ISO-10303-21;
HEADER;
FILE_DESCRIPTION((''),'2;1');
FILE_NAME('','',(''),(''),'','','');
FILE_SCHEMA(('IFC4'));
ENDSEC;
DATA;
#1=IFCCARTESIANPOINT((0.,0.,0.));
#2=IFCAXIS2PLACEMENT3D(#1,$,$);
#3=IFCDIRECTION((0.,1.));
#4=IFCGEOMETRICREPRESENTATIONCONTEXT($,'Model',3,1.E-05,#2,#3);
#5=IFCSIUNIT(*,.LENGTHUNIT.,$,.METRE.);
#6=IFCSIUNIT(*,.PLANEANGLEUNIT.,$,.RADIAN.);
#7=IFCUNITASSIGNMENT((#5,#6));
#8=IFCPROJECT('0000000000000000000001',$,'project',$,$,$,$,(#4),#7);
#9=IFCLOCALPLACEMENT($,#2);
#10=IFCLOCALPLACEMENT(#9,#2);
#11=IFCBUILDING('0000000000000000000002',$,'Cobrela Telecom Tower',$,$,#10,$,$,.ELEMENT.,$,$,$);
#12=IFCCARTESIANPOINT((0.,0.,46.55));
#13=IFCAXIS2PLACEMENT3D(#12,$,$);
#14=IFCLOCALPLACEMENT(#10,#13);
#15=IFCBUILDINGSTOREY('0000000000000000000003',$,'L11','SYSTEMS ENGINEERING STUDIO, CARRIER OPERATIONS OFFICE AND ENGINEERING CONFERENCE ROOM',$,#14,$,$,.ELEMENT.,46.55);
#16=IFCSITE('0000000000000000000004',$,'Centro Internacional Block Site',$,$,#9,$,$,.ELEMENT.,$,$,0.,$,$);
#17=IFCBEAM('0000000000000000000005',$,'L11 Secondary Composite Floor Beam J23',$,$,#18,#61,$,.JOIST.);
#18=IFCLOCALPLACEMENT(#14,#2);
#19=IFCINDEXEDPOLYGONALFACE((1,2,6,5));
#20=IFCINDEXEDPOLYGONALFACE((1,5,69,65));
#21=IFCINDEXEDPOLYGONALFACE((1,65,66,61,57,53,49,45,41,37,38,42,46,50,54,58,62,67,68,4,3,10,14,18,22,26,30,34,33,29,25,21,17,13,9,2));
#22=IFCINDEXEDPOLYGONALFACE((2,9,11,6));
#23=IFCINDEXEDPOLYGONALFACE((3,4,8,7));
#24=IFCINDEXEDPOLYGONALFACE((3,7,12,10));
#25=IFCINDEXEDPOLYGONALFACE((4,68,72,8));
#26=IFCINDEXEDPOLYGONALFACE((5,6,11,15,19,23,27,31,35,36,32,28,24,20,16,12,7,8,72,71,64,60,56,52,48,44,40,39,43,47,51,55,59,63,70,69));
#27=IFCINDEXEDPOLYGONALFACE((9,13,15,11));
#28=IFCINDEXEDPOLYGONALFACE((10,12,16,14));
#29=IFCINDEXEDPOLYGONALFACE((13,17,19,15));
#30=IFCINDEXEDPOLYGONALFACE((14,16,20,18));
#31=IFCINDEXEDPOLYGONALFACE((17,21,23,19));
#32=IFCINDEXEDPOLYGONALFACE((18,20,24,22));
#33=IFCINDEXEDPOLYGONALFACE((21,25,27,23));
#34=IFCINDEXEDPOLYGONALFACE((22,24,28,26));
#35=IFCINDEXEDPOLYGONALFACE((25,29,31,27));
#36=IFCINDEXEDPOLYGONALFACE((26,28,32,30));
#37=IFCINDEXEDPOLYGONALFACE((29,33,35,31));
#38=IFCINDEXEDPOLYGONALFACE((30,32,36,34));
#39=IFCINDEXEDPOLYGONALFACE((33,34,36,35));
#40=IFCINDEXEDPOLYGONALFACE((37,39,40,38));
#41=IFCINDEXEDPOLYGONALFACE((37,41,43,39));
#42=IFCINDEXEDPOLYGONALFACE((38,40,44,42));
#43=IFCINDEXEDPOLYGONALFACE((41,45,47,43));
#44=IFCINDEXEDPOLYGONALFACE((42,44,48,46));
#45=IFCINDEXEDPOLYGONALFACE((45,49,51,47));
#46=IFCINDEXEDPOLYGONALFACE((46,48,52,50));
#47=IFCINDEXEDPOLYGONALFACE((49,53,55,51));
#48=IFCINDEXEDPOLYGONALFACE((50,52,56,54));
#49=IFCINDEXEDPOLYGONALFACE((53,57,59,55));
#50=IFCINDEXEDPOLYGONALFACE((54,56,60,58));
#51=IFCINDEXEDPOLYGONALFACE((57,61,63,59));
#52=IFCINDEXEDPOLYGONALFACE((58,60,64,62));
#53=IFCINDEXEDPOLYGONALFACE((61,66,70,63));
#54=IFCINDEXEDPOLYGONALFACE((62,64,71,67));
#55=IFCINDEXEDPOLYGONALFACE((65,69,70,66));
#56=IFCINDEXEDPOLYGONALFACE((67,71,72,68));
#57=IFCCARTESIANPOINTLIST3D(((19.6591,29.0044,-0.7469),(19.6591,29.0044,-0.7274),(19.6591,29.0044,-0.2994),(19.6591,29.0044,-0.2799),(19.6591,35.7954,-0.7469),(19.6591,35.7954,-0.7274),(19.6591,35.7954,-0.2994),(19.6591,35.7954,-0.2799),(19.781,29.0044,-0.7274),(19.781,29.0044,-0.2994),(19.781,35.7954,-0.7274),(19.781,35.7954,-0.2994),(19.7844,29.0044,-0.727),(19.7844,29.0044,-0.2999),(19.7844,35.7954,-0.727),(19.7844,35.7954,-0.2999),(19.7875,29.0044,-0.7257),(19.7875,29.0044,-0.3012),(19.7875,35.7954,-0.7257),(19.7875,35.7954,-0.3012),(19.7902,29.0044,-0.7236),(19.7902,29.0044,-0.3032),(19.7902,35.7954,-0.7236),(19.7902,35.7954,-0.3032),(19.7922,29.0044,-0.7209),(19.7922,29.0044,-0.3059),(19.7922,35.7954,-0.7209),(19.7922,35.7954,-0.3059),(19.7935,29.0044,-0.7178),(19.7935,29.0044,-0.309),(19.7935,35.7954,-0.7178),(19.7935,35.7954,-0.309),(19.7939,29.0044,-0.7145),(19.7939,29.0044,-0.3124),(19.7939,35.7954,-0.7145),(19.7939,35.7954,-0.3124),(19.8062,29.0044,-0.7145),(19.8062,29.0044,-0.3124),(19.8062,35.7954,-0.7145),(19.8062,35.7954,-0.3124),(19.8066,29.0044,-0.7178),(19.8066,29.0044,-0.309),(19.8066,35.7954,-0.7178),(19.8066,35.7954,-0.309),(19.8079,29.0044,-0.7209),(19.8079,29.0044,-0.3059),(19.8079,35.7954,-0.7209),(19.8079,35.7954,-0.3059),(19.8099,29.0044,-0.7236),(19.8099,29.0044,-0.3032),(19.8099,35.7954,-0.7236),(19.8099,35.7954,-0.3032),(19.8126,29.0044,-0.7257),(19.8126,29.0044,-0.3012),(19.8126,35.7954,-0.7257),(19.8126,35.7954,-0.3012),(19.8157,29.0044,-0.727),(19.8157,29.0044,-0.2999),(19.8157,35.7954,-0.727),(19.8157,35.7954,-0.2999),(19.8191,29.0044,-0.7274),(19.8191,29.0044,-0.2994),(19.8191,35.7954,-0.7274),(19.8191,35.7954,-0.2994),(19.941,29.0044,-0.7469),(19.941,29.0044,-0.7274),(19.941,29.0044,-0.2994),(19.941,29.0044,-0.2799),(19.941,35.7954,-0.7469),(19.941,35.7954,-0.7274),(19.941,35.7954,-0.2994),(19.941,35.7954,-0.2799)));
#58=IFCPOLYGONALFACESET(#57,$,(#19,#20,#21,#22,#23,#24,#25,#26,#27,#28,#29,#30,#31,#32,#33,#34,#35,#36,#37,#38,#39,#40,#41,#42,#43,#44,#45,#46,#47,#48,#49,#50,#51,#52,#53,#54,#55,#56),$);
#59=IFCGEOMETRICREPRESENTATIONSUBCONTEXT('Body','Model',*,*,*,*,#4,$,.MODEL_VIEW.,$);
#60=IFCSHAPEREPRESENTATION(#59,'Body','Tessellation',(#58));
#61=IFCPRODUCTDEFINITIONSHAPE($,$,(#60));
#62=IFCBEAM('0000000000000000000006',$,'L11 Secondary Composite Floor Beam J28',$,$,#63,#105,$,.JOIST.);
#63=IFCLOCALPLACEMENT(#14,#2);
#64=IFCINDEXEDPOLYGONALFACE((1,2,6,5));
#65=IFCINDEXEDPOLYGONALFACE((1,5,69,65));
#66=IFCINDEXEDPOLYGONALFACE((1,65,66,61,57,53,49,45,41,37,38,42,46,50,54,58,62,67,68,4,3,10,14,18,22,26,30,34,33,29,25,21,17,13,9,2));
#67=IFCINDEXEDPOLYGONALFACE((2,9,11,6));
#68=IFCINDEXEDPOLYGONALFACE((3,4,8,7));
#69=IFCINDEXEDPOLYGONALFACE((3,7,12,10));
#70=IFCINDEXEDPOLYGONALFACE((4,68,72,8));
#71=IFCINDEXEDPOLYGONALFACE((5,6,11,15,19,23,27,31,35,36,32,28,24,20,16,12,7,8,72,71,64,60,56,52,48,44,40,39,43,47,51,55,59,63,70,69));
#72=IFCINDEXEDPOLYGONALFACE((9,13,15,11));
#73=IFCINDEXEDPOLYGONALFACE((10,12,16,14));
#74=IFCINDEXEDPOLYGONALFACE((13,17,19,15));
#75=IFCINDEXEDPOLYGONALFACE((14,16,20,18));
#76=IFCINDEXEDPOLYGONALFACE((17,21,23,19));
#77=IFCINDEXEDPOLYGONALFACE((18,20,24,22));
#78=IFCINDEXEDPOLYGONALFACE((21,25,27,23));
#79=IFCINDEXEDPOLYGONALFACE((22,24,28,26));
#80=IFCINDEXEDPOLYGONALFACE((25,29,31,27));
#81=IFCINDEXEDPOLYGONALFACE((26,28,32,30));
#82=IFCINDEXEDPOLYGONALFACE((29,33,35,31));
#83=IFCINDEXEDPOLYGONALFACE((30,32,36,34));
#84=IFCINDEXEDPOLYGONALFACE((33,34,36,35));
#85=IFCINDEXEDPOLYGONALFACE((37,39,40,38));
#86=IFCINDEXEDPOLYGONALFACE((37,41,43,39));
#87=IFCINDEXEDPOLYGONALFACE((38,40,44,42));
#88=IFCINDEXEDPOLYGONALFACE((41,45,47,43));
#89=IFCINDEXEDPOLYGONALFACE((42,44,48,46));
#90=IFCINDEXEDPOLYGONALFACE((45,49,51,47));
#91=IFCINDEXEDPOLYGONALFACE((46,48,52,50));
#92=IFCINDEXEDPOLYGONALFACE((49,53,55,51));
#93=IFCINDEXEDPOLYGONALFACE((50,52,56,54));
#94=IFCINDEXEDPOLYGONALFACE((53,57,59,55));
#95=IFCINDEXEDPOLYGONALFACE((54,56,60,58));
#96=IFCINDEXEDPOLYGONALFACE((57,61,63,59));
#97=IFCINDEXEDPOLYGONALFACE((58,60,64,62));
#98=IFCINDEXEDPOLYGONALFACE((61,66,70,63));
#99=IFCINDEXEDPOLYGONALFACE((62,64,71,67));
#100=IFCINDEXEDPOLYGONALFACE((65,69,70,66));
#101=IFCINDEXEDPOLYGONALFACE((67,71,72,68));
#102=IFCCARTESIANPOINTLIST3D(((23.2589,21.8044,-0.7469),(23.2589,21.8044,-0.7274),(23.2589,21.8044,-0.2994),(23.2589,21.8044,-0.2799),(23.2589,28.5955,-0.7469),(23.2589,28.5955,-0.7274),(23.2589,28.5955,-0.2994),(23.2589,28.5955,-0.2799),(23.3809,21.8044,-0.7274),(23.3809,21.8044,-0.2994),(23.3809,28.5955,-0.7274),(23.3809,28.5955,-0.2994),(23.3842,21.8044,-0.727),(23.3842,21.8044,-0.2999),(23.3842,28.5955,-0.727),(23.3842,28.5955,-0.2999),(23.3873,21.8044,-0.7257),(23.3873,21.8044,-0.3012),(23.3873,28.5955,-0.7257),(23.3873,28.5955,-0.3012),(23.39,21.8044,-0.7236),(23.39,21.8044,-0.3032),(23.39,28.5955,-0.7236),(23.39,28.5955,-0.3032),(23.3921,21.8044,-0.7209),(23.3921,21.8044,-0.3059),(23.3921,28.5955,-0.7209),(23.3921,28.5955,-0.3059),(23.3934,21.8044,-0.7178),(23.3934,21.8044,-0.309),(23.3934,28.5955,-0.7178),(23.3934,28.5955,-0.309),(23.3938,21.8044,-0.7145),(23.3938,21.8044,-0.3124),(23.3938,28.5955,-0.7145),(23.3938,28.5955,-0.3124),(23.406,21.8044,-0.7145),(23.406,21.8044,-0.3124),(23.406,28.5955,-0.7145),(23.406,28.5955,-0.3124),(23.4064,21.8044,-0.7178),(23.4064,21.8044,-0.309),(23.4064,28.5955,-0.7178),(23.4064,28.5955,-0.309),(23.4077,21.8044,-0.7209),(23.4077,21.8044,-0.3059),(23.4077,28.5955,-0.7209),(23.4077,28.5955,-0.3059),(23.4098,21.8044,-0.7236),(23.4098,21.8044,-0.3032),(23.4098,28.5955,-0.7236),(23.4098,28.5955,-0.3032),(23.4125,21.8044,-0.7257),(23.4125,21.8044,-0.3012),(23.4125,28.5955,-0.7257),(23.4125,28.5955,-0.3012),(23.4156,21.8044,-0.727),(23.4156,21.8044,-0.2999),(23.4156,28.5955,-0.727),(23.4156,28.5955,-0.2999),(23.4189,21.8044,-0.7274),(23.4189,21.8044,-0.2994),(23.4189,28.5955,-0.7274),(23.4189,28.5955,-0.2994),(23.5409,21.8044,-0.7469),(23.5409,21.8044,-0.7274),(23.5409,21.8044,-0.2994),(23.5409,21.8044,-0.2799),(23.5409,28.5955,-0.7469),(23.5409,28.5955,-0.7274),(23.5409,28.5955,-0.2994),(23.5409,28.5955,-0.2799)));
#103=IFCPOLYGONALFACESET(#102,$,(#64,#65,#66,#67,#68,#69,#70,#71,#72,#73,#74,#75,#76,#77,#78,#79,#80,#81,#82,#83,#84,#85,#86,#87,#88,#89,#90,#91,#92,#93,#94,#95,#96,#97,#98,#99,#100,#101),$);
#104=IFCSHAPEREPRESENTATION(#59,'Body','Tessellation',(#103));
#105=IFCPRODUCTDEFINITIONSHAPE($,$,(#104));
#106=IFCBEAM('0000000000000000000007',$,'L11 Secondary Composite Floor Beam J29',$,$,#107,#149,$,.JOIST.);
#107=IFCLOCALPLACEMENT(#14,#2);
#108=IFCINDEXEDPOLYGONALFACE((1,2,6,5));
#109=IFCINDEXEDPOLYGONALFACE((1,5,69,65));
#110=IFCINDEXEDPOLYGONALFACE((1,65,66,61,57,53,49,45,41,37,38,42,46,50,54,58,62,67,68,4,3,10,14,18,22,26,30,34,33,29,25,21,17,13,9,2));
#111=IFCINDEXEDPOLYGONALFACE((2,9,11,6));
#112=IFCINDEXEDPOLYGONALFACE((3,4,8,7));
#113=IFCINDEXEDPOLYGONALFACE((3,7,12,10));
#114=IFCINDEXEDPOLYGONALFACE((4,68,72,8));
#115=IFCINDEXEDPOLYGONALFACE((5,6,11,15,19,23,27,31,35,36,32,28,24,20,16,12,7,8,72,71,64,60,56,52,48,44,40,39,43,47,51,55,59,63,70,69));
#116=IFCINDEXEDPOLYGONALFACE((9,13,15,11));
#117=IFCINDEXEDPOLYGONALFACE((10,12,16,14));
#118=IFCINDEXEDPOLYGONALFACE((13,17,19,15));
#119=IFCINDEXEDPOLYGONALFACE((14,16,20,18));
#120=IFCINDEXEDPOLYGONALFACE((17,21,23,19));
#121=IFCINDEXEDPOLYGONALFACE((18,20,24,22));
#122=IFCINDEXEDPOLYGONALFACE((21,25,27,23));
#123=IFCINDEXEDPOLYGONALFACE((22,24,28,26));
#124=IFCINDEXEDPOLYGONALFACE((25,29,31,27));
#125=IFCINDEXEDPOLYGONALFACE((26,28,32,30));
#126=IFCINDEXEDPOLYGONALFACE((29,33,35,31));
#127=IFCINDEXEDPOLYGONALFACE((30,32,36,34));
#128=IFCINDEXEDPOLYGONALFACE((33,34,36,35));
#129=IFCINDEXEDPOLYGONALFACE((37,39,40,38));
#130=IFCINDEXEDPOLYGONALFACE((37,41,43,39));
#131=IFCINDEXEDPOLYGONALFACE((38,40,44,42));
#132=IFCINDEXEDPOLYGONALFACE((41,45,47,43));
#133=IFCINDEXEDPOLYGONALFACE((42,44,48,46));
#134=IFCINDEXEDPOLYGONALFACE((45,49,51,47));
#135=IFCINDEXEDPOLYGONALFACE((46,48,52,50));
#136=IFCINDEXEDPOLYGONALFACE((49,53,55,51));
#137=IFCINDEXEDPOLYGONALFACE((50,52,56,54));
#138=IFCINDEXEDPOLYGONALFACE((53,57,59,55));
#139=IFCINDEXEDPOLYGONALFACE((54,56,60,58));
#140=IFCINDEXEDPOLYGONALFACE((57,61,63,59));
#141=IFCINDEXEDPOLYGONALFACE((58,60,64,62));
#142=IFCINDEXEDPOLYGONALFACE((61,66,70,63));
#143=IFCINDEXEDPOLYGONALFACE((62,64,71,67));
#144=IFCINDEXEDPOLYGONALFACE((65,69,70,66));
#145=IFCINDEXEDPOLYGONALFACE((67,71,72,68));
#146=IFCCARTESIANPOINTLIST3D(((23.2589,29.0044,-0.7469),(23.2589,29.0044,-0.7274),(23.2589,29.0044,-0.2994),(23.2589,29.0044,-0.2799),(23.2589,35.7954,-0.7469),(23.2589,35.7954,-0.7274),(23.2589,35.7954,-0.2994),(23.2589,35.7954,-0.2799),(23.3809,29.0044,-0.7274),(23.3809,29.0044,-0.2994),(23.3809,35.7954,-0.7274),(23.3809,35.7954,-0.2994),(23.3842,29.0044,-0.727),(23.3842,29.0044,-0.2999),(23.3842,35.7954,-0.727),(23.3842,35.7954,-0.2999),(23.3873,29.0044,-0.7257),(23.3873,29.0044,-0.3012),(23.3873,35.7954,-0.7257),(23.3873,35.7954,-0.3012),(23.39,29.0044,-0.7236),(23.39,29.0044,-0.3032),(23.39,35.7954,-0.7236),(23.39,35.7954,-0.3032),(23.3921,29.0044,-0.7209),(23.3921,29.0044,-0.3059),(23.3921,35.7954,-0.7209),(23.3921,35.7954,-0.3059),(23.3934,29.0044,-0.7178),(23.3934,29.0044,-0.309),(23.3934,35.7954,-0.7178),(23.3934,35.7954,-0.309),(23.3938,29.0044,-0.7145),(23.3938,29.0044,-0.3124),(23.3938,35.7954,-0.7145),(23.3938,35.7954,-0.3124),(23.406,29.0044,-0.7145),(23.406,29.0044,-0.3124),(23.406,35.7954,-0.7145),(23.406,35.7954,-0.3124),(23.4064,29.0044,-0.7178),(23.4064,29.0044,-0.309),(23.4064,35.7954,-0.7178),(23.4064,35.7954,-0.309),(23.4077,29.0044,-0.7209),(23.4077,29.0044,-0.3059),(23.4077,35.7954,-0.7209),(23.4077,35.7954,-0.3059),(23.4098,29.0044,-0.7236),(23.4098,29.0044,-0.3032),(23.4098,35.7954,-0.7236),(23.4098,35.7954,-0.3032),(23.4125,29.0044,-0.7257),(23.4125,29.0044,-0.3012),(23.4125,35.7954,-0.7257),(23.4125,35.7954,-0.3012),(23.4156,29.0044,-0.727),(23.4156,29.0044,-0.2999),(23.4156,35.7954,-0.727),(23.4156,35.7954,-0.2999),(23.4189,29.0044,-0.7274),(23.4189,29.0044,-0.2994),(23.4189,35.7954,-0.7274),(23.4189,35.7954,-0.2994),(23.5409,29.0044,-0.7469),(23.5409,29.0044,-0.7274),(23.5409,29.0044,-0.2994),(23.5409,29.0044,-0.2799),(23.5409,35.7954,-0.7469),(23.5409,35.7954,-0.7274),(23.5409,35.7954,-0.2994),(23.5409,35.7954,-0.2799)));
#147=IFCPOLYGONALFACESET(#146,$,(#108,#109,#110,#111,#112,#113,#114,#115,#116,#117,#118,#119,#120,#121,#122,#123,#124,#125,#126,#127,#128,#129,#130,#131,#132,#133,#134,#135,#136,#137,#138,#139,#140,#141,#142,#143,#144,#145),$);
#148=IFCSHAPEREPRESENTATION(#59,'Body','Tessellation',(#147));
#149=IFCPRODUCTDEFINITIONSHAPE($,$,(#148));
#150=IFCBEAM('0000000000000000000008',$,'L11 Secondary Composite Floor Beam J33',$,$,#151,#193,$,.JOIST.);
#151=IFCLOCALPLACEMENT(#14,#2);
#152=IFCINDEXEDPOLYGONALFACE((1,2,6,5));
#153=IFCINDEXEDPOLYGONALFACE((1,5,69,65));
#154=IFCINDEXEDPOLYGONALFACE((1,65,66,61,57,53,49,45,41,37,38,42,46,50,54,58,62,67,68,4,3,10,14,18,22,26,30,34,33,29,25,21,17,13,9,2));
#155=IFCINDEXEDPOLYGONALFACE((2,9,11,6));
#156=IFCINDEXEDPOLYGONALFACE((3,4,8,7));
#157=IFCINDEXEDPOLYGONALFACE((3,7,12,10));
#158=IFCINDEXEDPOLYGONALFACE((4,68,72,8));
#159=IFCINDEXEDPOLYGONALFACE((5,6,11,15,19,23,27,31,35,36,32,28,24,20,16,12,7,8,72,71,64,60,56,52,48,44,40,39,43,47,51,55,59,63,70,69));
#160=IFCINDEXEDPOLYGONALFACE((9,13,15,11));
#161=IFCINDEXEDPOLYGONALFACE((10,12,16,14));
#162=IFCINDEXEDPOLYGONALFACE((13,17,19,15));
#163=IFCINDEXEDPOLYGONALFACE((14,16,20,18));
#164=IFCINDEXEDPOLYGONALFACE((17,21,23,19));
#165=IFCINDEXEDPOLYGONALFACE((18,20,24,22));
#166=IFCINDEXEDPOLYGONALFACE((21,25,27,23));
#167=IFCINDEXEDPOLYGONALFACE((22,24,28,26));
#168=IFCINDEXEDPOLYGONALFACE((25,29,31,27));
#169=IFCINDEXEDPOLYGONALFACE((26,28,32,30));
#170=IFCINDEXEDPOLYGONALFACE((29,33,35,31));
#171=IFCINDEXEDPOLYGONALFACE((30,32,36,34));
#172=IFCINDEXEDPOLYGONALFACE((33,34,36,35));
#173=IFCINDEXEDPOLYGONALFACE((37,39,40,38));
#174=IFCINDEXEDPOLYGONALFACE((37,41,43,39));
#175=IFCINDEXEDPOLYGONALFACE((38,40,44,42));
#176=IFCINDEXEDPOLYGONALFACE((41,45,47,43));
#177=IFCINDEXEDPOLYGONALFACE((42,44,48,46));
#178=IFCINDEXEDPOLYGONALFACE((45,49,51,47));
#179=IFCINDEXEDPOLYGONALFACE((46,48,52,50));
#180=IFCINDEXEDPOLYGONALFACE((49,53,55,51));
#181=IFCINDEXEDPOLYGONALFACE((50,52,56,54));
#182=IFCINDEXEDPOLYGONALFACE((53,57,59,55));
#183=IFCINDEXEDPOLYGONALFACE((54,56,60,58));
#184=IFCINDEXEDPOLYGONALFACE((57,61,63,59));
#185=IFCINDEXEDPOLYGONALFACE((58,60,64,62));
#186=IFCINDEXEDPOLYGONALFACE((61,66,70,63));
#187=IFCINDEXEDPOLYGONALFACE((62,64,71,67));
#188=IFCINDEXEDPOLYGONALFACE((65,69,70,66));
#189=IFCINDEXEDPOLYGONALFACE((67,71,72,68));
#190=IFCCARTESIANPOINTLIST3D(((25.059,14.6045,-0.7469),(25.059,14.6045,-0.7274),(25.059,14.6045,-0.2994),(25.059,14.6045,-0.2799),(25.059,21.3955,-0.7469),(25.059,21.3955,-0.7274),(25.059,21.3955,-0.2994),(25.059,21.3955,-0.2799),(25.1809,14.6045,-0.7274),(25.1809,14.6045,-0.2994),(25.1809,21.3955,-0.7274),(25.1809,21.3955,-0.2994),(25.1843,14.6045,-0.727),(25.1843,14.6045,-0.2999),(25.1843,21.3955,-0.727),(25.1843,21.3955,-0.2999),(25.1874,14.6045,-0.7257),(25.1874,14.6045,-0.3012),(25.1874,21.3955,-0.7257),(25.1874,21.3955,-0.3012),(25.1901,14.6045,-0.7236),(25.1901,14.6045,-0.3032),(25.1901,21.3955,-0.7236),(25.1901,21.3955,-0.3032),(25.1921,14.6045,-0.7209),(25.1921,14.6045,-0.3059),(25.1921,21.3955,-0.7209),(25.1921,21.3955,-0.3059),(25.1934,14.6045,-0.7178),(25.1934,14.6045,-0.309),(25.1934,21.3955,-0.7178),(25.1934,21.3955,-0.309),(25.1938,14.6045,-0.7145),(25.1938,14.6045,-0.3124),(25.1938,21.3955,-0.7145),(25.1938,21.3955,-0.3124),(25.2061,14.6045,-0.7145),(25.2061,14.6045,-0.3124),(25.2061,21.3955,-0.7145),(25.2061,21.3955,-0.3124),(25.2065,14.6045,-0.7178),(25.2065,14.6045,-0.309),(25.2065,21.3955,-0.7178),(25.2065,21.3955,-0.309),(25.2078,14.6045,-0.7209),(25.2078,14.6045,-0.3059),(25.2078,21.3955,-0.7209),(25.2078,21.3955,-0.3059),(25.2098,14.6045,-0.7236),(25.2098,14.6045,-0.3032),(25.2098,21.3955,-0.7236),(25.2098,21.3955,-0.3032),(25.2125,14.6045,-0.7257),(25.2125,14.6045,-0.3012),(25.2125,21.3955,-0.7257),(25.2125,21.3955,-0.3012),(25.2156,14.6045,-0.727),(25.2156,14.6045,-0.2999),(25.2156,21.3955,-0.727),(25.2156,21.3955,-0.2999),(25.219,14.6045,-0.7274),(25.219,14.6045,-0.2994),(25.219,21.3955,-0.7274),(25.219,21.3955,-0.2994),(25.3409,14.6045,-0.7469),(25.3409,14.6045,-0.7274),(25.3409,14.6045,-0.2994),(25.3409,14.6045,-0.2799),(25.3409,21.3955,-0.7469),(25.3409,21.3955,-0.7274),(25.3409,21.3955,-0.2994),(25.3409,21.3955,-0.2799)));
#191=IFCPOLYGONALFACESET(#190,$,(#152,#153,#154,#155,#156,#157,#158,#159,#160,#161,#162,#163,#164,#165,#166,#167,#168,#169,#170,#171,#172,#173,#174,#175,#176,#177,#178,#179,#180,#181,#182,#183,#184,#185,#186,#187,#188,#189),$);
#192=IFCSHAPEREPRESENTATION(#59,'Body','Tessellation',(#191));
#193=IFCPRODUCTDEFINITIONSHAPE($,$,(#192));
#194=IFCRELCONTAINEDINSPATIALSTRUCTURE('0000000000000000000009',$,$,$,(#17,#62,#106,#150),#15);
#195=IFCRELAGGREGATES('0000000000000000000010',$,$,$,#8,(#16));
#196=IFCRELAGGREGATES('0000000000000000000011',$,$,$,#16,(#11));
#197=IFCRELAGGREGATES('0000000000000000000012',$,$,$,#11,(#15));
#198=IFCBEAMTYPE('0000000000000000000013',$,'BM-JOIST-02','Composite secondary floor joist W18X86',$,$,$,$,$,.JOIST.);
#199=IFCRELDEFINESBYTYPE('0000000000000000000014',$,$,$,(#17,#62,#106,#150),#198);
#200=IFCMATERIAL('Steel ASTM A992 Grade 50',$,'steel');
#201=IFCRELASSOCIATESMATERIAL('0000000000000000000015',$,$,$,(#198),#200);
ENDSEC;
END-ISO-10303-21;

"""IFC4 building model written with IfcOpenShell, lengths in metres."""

from ifc_helpers import new_model, si_unit, direction, frame, origin, origin_2d, place, context, subcontext, project, spatial, i_section, extrude, material, material_profile, profile_set, type_object, element, save


model = new_model("IFC4")

# Units and contexts
model_context = context("Model", 3, precision=1e-05, world=origin(), true_north=direction((0.0, 1.0)))
body_context = subcontext(model_context, "Body", "Model", "MODEL_VIEW")
ifc_project = project(units=[si_unit("LENGTHUNIT", "METRE"), si_unit("PLANEANGLEUNIT", "RADIAN")], contexts=[model_context])

# Site, building, storey
site_placement = place(None, origin())
site = spatial("IfcSite", under=ifc_project, at=site_placement, Name="Centro Internacional Block Site", CompositionType="ELEMENT", RefElevation=0.0)
building_placement = place(site_placement, origin())
building = spatial("IfcBuilding", under=site, at=building_placement, Name="Cobrela Telecom Tower", CompositionType="ELEMENT")
storey_placement = place(building_placement, frame((0.0, 0.0, 46.55)))
storey = spatial("IfcBuildingStorey", under=building, at=storey_placement, Name="L11", Description="SYSTEMS ENGINEERING STUDIO, CARRIER OPERATIONS OFFICE AND ENGINEERING CONFERENCE ROOM", CompositionType="ELEMENT", Elevation=46.55)

# Shared definitions
ifc_material_1 = material(Name="Steel ASTM A992 Grade 50", Category="steel")

# Beams
ifc_material_profile_1 = material_profile(ifc_material_1, i_section(OverallWidth=0.282, OverallDepth=0.467, WebThickness=0.0122, FlangeThickness=0.0195, FilletRadius=0.0129, at=origin_2d()), Name="W18X86")
ifc_profile_set_1 = profile_set([ifc_material_profile_1], Name="Steel ASTM A992 Grade 50")
beam_type_1 = type_object("IfcBeamType", Name="BM-JOIST-02", Description="Composite secondary floor joist W18X86", PredefinedType="JOIST", material=ifc_profile_set_1)
for number, where, z_axis, x_axis, name in (
    (1, (19.8, 29.0044, -0.5134), (0.0, 1.0, 0.0), (-1.0, 0.0, 0.0), "L11 Secondary Composite Floor Beam J23"),
    (2, (23.3999, 21.8044, -0.5134), (0.0, 1.0, 0.0), (-1.0, 0.0, 0.0), "L11 Secondary Composite Floor Beam J28"),
    (3, (23.3999, 29.0044, -0.5134), (0.0, 1.0, 0.0), (-1.0, 0.0, 0.0), "L11 Secondary Composite Floor Beam J29"),
    (4, (25.2, 14.6045, -0.5134), (0.0, 1.0, 0.0), (-1.0, 0.0, 0.0), "L11 Secondary Composite Floor Beam J33"),
):
    element("IfcBeam", number, at=place(storey_placement, frame(where, z_axis=z_axis, x_axis=x_axis)), inside=storey, type_object=beam_type_1, Name=name, PredefinedType="JOIST", context=body_context, shape_type="SweptSolid", body=[
        extrude(i_section(OverallWidth=0.282, OverallDepth=0.467, WebThickness=0.0122, FlangeThickness=0.0195, FilletRadius=0.0129, at=origin_2d()), origin(), (0.0, 0.0, 1.0), 6.791),
    ])

save(model, "model.ifc")
